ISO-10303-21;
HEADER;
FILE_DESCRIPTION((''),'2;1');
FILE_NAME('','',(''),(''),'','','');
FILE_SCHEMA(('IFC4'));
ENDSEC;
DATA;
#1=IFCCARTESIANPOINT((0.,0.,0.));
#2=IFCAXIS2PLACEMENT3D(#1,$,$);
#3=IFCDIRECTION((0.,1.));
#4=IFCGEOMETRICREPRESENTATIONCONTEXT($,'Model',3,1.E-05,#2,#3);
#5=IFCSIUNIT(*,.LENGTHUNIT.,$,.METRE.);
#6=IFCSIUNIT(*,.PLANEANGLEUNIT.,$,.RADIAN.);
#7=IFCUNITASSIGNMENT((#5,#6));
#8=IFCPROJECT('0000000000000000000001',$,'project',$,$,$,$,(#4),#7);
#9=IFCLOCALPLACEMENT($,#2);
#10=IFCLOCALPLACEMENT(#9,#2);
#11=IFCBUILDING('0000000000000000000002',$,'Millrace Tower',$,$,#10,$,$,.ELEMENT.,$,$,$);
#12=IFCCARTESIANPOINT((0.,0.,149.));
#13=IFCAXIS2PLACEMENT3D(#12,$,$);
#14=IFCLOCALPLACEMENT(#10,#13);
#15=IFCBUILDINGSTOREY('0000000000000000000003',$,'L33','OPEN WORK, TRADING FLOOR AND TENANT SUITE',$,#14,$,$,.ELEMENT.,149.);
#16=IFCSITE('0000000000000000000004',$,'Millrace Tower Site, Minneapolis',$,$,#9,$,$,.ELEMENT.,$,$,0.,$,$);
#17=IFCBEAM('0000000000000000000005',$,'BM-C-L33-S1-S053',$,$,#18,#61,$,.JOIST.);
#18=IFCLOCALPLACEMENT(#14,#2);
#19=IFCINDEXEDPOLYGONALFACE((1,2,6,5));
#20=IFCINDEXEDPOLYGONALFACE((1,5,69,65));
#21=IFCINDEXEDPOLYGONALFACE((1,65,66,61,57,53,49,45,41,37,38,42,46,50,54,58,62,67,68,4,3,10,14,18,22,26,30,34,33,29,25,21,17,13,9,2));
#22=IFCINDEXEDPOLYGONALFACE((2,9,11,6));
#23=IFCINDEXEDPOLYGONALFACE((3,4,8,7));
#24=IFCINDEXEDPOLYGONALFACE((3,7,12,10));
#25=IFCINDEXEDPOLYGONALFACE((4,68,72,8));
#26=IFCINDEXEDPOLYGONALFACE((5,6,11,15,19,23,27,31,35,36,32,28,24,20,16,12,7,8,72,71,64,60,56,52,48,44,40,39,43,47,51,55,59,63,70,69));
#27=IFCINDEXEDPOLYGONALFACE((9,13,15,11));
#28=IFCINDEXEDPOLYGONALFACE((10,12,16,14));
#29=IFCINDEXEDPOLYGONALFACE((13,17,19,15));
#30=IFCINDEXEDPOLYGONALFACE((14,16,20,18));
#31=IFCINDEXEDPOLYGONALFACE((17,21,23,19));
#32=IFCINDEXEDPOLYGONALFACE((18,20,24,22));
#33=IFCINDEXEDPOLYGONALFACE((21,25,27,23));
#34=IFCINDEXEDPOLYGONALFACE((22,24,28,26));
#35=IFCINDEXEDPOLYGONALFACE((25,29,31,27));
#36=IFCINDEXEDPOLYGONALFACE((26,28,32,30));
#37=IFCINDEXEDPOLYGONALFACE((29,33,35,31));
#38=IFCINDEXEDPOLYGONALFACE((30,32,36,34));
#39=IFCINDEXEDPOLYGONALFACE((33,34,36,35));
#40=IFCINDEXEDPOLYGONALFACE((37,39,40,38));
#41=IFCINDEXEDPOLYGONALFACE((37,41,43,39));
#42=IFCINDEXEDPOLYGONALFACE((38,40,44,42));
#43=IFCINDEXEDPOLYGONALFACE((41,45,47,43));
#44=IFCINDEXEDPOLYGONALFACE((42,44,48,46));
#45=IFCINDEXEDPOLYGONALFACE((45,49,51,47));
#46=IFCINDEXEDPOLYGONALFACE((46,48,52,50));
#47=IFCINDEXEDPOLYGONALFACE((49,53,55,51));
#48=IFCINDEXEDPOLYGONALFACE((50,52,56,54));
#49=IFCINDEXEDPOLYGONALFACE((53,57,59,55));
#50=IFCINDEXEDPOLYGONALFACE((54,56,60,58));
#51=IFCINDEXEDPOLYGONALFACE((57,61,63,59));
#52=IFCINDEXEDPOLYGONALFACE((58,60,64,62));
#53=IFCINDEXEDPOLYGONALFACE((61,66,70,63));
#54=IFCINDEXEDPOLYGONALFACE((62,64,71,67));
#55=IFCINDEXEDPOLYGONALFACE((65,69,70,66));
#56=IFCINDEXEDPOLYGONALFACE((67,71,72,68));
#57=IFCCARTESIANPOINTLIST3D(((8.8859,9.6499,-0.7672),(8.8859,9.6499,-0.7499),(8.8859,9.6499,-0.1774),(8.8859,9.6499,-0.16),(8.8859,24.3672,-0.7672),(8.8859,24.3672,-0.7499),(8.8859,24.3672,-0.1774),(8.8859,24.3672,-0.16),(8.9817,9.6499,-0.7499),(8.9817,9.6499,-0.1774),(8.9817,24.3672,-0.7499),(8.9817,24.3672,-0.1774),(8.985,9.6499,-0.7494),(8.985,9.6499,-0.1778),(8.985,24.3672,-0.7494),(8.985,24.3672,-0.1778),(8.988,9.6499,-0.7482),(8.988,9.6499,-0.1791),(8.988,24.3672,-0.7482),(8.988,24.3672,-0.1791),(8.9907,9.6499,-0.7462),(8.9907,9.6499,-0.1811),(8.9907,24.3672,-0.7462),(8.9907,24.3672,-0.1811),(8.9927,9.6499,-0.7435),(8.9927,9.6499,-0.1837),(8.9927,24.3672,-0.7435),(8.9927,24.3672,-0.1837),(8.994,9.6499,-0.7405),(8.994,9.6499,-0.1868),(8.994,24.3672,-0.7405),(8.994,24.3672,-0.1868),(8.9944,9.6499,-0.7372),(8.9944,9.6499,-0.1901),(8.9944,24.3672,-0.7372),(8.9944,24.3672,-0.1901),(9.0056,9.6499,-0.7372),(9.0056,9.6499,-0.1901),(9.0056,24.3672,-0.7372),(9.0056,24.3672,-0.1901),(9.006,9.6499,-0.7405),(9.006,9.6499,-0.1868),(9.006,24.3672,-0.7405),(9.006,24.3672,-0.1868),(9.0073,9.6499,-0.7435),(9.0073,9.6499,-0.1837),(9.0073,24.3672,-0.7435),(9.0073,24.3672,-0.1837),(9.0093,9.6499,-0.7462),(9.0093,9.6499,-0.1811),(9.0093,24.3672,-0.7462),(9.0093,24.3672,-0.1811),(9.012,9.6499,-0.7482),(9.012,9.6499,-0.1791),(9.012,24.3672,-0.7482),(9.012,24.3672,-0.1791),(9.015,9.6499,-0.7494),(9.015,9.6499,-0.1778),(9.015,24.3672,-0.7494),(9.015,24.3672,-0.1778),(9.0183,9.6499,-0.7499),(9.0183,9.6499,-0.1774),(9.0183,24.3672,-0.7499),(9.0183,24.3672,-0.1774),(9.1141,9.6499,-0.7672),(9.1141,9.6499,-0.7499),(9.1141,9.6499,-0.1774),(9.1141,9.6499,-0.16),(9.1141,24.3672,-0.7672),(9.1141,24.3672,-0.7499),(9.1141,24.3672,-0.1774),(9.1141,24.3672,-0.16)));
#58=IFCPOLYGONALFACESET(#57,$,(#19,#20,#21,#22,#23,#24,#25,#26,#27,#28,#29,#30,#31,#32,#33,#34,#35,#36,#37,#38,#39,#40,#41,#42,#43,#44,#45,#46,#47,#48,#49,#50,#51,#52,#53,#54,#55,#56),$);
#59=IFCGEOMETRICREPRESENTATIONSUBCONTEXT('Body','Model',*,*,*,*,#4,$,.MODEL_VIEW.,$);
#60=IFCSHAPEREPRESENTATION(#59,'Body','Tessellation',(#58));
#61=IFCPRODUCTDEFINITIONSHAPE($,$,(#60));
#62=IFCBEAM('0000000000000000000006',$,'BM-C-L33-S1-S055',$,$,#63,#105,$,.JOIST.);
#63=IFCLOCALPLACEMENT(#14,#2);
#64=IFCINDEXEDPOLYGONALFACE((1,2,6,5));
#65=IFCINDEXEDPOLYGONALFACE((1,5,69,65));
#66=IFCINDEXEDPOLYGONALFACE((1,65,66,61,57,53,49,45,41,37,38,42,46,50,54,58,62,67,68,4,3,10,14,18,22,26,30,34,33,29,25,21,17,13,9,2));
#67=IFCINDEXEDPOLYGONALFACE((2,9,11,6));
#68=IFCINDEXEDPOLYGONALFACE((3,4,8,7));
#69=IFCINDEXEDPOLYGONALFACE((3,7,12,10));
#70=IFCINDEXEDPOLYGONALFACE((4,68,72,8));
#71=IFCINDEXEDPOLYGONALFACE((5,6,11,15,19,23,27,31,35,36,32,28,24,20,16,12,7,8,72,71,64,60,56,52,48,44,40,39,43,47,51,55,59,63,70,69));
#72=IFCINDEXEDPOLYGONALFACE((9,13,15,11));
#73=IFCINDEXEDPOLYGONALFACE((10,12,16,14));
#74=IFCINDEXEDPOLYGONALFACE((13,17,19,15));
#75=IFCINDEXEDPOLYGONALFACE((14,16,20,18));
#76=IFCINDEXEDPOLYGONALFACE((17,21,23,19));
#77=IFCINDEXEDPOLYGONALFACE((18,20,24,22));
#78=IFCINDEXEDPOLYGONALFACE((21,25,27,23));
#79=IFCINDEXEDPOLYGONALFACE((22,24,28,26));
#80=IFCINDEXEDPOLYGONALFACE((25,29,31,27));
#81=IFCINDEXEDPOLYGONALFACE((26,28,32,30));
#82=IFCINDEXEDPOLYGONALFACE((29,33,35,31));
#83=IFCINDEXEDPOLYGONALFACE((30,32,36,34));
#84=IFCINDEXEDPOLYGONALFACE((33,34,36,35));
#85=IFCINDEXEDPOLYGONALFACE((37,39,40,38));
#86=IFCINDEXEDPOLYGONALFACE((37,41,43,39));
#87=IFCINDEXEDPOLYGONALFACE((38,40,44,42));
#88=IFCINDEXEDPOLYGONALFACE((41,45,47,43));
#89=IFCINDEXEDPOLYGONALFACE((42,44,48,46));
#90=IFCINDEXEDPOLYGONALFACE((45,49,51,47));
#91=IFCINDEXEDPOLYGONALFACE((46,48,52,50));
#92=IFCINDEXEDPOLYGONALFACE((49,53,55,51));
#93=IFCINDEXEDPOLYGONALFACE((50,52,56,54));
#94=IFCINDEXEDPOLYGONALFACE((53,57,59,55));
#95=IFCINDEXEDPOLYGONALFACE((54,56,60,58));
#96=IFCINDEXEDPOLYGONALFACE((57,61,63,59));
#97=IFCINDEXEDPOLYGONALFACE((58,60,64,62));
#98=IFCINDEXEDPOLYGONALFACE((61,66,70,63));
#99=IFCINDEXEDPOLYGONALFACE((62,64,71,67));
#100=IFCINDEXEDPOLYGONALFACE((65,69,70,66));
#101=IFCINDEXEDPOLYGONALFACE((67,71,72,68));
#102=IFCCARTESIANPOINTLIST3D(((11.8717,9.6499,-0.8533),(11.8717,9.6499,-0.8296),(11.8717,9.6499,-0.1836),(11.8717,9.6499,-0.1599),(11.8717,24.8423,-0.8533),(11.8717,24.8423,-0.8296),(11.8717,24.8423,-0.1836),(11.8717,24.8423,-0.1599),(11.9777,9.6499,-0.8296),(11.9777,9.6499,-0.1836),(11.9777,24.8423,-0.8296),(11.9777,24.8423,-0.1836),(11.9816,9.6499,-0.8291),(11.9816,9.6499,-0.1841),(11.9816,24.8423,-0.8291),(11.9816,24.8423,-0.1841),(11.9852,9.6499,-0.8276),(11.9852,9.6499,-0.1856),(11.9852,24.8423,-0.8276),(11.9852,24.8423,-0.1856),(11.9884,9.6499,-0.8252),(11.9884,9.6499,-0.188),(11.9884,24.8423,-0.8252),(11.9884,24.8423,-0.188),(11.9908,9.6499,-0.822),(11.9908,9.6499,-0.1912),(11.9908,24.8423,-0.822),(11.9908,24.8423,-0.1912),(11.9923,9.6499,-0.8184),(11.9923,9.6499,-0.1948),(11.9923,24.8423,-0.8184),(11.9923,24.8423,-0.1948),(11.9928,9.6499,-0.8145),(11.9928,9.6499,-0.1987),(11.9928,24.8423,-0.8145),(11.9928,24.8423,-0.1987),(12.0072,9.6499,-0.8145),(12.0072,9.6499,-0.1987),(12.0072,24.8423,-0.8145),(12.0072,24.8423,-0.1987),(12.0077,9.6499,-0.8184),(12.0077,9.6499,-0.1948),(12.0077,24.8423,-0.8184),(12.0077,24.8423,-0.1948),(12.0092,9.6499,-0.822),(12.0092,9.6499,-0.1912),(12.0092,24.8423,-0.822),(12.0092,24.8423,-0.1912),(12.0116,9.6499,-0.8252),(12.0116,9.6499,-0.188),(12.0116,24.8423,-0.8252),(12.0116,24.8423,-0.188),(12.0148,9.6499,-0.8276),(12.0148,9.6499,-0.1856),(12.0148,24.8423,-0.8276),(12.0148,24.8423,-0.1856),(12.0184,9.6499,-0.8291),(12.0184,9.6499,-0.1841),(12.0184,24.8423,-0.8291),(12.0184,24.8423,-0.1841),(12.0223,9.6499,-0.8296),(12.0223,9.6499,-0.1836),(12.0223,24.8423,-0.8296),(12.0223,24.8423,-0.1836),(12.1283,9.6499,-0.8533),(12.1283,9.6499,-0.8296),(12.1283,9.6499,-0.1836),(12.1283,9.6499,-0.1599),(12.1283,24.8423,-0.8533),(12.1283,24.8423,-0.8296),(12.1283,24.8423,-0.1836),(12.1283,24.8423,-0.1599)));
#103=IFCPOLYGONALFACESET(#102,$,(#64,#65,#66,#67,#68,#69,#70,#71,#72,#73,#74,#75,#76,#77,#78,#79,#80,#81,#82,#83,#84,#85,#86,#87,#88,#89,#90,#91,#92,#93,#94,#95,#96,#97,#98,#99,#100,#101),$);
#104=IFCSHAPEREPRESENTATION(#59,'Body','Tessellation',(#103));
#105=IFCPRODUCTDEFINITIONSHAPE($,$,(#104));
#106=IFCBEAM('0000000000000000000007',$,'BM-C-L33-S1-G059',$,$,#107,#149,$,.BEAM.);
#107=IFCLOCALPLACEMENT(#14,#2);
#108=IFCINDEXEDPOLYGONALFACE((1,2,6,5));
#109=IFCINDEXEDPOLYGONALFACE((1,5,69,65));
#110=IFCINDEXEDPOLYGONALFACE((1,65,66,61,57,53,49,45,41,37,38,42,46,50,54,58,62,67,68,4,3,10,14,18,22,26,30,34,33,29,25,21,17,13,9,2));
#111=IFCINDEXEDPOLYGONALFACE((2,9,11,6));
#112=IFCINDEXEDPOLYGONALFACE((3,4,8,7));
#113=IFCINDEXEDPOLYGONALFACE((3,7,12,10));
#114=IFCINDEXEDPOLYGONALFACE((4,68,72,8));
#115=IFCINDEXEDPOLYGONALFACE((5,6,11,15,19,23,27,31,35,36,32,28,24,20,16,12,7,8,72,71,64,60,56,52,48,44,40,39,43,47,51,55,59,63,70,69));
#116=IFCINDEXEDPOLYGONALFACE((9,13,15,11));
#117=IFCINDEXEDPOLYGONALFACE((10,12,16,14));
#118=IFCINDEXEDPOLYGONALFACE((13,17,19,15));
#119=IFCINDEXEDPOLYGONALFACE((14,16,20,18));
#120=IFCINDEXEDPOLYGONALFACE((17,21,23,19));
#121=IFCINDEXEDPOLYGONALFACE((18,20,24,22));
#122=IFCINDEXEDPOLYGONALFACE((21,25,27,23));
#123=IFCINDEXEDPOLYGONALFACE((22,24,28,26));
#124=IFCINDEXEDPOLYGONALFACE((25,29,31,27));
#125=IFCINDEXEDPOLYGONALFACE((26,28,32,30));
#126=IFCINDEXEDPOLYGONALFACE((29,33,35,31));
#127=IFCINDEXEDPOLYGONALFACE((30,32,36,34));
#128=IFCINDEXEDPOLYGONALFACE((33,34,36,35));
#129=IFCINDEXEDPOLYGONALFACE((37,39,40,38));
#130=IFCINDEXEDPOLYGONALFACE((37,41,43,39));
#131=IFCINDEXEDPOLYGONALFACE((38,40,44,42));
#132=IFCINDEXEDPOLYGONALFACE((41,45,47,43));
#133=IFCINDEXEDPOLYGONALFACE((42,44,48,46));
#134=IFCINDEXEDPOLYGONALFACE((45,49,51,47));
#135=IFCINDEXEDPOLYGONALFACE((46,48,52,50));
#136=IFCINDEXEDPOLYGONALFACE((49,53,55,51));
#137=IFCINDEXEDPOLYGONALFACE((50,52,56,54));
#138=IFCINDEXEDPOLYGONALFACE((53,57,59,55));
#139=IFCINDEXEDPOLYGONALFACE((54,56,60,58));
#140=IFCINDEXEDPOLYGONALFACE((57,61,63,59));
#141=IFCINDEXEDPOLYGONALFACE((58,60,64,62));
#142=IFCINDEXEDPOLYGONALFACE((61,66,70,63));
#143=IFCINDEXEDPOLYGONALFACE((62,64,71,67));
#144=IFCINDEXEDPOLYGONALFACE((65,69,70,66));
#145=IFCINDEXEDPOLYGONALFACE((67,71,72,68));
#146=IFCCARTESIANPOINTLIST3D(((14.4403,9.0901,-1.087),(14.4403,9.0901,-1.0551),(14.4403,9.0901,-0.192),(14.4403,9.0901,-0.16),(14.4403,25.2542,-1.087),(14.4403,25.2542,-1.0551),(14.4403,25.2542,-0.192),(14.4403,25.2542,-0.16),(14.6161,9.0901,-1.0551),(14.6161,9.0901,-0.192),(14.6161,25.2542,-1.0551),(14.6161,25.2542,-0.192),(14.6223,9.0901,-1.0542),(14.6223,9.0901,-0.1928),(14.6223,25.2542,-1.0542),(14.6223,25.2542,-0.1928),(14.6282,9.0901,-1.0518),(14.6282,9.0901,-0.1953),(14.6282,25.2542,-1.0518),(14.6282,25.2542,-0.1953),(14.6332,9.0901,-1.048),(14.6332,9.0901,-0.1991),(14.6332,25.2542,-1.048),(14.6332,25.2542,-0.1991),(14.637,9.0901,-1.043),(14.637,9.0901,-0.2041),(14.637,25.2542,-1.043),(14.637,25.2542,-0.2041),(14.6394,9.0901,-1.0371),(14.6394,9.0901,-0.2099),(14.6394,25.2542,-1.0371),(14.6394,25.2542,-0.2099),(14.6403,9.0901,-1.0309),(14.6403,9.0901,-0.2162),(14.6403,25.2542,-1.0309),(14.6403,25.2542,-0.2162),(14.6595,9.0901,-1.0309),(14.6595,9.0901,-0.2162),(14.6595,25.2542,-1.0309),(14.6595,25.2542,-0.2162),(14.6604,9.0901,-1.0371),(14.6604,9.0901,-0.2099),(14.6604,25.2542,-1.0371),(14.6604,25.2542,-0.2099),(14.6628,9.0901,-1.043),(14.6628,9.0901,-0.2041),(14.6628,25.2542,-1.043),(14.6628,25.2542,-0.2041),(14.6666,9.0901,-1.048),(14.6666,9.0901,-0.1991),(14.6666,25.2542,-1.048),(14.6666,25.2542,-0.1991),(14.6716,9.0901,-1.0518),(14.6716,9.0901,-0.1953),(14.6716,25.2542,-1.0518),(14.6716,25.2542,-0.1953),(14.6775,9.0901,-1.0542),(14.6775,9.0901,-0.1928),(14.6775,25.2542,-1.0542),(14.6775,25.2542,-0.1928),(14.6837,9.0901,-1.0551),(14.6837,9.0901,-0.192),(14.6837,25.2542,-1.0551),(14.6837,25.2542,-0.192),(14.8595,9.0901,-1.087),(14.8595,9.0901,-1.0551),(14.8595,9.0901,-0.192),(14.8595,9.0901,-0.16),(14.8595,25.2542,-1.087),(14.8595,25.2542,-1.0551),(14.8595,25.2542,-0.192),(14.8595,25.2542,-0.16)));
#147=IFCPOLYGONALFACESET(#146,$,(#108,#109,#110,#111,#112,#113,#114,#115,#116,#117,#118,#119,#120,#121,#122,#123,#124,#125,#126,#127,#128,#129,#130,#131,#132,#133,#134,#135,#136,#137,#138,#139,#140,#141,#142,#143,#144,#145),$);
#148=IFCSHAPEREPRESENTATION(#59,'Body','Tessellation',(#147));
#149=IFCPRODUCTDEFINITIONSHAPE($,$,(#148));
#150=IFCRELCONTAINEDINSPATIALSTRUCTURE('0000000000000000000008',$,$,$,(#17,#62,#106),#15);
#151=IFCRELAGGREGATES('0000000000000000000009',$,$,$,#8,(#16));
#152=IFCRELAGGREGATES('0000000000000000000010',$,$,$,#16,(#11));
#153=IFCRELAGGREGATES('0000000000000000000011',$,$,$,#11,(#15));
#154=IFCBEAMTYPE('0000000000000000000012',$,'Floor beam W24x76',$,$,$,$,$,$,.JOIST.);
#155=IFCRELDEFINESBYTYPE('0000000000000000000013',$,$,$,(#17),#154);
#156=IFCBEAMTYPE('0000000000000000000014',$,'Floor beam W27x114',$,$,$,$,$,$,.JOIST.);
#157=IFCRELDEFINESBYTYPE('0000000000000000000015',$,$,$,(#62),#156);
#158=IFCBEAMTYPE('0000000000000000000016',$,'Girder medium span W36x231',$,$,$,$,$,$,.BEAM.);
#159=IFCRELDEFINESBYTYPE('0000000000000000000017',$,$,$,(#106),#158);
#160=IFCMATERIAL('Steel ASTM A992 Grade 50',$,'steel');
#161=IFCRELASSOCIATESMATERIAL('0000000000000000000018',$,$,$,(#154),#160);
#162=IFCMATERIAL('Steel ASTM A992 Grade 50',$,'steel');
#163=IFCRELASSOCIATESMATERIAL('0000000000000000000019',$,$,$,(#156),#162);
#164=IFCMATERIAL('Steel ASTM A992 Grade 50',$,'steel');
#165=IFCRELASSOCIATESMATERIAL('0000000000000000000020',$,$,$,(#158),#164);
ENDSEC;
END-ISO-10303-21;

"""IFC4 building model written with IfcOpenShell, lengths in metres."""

from ifc_helpers import new_model, si_unit, direction, frame, origin, origin_2d, place, context, subcontext, project, spatial, i_section, extrude, material, material_profile, profile_set, type_object, element, save


model = new_model("IFC4")

# Units and contexts
model_context = context("Model", 3, precision=1e-05, world=origin(), true_north=direction((0.0, 1.0)))
body_context = subcontext(model_context, "Body", "Model", "MODEL_VIEW")
ifc_project = project(units=[si_unit("LENGTHUNIT", "METRE"), si_unit("PLANEANGLEUNIT", "RADIAN")], contexts=[model_context])

# Site, building, storey
site_placement = place(None, origin())
site = spatial("IfcSite", under=ifc_project, at=site_placement, Name="Millrace Tower Site, Minneapolis", CompositionType="ELEMENT", RefElevation=0.0)
building_placement = place(site_placement, origin())
building = spatial("IfcBuilding", under=site, at=building_placement, Name="Millrace Tower", CompositionType="ELEMENT")
storey_placement = place(building_placement, frame((0.0, 0.0, 149.0)))
storey = spatial("IfcBuildingStorey", under=building, at=storey_placement, Name="L33", Description="OPEN WORK, TRADING FLOOR AND TENANT SUITE", CompositionType="ELEMENT", Elevation=149.0)

# Beams
ifc_material_1 = material(Name="Steel ASTM A992 Grade 50", Category="steel")
ifc_material_profile_1 = material_profile(ifc_material_1, i_section(OverallWidth=0.2283, OverallDepth=0.6072, WebThickness=0.0112, FlangeThickness=0.0173, FilletRadius=0.0127, at=origin_2d()))
ifc_profile_set_1 = profile_set([ifc_material_profile_1], Name="Steel ASTM A992 Grade 50")
beam_type_1 = type_object("IfcBeamType", Name="Floor beam W24x76", PredefinedType="JOIST", material=ifc_profile_set_1)
beam_1_placement = place(storey_placement, frame((9.0, 9.6499, -0.4636), z_axis=(0.0, 1.0, 0.0), x_axis=(-1.0, 0.0, 0.0)))
element("IfcBeam", 1, at=beam_1_placement, inside=storey, type_object=beam_type_1, Name="BM-C-L33-S1-S053", PredefinedType="JOIST", context=body_context, shape_type="SweptSolid", body=[
    extrude(i_section(OverallWidth=0.2283, OverallDepth=0.6072, WebThickness=0.0112, FlangeThickness=0.0173, FilletRadius=0.0127, at=origin_2d()), origin(), (0.0, 0.0, 1.0), 14.7173),
])
ifc_material_2 = material(Name="Steel ASTM A992 Grade 50", Category="steel")
ifc_material_profile_2 = material_profile(ifc_material_2, i_section(OverallWidth=0.2566, OverallDepth=0.6934, WebThickness=0.0144, FlangeThickness=0.0237, FilletRadius=0.0151, at=origin_2d()))
ifc_profile_set_2 = profile_set([ifc_material_profile_2], Name="Steel ASTM A992 Grade 50")
beam_type_2 = type_object("IfcBeamType", Name="Floor beam W27x114", PredefinedType="JOIST", material=ifc_profile_set_2)
beam_2_placement = place(storey_placement, frame((12.0, 9.6499, -0.5066), z_axis=(0.0, 1.0, 0.0), x_axis=(-1.0, 0.0, 0.0)))
element("IfcBeam", 2, at=beam_2_placement, inside=storey, type_object=beam_type_2, Name="BM-C-L33-S1-S055", PredefinedType="JOIST", context=body_context, shape_type="SweptSolid", body=[
    extrude(i_section(OverallWidth=0.2566, OverallDepth=0.6934, WebThickness=0.0144, FlangeThickness=0.0237, FilletRadius=0.0151, at=origin_2d()), origin(), (0.0, 0.0, 1.0), 15.1924),
])
ifc_material_3 = material(Name="Steel ASTM A992 Grade 50", Category="steel")
ifc_material_profile_3 = material_profile(ifc_material_3, i_section(OverallWidth=0.4192, OverallDepth=0.927, WebThickness=0.0193, FlangeThickness=0.032, FilletRadius=0.0242, at=origin_2d()))
ifc_profile_set_3 = profile_set([ifc_material_profile_3], Name="Steel ASTM A992 Grade 50")
beam_type_3 = type_object("IfcBeamType", Name="Girder medium span W36x231", PredefinedType="BEAM", material=ifc_profile_set_3)
beam_3_placement = place(storey_placement, frame((14.6499, 9.0901, -0.6235), z_axis=(0.0, 1.0, 0.0), x_axis=(-1.0, 0.0, 0.0)))
element("IfcBeam", 3, at=beam_3_placement, inside=storey, type_object=beam_type_3, Name="BM-C-L33-S1-G059", PredefinedType="BEAM", context=body_context, shape_type="SweptSolid", body=[
    extrude(i_section(OverallWidth=0.4192, OverallDepth=0.927, WebThickness=0.0193, FlangeThickness=0.032, FilletRadius=0.0242, at=origin_2d()), origin(), (0.0, 0.0, 1.0), 16.1641),
])

save(model, "model.ifc")
